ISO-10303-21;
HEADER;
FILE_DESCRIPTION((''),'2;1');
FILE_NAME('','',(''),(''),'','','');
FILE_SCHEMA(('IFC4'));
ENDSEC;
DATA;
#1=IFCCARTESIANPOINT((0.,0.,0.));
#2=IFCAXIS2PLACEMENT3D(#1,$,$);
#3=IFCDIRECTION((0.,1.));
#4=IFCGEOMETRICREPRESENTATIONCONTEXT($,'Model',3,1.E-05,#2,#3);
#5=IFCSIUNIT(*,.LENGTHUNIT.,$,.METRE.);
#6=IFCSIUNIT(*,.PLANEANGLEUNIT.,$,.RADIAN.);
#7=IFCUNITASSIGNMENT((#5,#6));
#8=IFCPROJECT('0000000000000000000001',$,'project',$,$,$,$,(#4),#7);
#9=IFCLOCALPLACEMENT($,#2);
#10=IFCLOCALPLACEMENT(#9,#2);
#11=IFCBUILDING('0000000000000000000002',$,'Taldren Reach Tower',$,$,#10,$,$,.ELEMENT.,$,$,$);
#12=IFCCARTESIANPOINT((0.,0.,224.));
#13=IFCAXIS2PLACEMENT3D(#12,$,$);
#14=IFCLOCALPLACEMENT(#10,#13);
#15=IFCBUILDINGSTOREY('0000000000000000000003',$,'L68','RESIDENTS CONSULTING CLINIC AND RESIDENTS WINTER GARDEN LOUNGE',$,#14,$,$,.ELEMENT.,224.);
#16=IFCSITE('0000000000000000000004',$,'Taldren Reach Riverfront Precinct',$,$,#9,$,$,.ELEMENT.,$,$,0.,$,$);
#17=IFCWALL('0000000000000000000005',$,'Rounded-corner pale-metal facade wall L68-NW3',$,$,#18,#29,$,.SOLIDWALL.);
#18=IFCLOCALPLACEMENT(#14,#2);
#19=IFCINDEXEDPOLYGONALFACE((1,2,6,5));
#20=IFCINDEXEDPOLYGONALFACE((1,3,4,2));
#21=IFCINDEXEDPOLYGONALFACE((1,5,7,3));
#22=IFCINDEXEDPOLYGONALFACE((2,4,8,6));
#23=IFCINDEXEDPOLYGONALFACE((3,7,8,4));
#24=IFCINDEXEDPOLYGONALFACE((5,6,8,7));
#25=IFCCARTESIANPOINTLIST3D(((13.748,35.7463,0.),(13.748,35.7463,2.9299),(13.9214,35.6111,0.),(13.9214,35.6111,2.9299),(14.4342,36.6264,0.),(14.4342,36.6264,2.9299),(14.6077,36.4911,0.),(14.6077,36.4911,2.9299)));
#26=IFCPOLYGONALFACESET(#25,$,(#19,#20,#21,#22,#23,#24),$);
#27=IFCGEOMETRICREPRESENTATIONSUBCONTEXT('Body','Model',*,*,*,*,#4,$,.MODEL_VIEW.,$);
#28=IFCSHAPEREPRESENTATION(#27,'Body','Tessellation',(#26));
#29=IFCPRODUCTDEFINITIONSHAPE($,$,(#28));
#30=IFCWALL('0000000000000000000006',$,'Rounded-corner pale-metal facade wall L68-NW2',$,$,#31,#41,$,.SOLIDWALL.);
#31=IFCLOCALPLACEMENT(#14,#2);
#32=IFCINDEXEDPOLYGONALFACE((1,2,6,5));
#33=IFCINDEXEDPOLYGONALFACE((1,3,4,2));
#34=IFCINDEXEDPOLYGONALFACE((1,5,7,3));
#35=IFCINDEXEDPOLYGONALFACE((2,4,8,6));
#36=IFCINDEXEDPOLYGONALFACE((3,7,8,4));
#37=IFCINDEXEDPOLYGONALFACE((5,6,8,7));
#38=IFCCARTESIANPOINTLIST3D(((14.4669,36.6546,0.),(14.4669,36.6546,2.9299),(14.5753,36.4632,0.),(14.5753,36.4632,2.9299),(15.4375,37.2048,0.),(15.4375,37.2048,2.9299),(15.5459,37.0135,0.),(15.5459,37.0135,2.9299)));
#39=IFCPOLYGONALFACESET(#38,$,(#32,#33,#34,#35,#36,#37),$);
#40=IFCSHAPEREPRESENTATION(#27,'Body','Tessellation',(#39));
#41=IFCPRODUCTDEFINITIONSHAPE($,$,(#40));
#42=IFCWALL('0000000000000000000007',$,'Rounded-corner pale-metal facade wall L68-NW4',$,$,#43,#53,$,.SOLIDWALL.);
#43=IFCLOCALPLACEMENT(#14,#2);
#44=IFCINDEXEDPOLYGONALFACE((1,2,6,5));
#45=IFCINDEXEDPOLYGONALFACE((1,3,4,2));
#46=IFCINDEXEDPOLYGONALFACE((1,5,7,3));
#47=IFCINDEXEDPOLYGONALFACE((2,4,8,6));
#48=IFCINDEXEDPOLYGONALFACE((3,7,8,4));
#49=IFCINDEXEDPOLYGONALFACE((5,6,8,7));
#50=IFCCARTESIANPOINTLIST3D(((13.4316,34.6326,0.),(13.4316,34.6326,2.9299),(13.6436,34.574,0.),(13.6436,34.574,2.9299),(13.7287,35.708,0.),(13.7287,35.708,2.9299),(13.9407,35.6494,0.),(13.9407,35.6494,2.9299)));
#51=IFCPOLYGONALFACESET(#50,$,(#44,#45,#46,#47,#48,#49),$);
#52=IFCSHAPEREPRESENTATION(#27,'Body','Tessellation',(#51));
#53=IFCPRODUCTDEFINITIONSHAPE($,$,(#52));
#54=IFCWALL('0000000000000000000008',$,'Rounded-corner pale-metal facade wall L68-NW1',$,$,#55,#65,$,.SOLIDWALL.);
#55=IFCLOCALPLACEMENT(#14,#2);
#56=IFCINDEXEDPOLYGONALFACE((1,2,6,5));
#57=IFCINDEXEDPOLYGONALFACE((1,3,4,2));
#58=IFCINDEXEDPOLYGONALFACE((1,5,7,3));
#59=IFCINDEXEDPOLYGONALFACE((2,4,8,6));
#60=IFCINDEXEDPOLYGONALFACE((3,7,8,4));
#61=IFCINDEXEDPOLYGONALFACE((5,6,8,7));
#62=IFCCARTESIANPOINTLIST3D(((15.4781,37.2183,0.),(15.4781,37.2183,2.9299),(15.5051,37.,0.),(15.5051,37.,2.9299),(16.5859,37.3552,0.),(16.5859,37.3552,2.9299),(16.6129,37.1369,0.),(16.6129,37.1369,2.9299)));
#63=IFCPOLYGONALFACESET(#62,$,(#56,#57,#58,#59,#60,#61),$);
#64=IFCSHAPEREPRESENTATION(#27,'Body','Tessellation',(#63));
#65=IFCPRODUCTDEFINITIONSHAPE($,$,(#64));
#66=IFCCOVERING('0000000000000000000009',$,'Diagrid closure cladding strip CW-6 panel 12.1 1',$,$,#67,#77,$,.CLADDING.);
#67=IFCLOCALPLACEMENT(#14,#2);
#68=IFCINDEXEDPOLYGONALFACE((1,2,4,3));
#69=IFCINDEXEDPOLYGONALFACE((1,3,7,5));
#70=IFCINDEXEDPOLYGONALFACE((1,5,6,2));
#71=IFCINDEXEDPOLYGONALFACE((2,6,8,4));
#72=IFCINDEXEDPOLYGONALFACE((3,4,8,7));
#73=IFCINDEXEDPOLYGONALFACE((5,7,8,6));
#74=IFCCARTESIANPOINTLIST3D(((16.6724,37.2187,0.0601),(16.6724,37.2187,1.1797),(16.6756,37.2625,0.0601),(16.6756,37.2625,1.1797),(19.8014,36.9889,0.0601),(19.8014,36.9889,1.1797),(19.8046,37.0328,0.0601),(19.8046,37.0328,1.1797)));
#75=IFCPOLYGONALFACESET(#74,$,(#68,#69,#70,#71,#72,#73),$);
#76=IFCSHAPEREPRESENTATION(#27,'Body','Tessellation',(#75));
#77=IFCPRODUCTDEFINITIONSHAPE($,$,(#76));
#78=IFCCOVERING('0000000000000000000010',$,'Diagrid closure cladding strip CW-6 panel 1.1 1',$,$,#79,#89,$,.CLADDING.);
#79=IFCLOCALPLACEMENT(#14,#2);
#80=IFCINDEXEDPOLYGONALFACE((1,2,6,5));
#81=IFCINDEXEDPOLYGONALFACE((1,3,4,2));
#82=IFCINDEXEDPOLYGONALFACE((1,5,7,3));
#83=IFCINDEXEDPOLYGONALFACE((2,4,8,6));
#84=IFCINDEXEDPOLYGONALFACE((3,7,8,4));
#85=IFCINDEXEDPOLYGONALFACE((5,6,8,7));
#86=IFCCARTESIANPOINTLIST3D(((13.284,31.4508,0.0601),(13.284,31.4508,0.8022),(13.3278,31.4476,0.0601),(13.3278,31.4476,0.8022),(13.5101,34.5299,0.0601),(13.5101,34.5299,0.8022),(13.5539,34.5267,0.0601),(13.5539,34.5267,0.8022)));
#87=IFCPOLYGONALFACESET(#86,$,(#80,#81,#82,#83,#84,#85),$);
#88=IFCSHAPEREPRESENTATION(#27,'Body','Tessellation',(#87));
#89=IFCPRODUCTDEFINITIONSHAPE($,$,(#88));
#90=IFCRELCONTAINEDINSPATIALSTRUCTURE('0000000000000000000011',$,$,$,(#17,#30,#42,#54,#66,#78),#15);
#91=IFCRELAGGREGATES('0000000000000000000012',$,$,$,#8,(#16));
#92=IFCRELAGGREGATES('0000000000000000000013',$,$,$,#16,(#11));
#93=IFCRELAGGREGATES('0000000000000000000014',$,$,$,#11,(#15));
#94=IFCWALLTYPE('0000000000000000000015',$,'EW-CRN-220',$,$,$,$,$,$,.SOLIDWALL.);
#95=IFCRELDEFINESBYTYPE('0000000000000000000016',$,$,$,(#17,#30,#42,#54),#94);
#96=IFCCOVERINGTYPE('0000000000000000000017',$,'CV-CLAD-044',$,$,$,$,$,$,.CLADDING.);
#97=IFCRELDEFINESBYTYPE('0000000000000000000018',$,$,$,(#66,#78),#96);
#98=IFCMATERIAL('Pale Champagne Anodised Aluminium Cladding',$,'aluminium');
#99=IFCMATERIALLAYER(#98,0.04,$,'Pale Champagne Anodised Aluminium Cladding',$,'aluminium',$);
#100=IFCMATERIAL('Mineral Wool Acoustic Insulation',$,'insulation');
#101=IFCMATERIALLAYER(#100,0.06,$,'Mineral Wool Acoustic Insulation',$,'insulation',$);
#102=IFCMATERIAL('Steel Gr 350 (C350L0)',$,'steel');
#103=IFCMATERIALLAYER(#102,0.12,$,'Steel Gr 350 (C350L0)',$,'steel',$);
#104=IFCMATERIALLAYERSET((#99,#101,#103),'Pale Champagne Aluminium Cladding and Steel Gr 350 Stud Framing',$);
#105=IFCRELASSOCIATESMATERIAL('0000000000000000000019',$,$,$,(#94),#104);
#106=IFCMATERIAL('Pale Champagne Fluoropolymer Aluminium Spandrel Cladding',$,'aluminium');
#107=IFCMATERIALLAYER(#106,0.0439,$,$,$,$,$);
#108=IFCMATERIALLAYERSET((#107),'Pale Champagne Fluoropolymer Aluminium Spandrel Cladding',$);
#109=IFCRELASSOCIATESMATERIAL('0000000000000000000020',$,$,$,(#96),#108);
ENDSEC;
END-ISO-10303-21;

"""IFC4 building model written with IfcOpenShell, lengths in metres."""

from ifc_helpers import new_model, si_unit, direction, frame, frame_2d, origin, origin_2d, place, context, subcontext, project, spatial, rectangle, extrude, source, transform, mapped, material, layer, layer_set, type_object, element, save


model = new_model("IFC4")

# Units and contexts
model_context = context("Model", 3, precision=1e-05, world=origin(), true_north=direction((0.0, 1.0)))
body_context = subcontext(model_context, "Body", "Model", "MODEL_VIEW")
ifc_project = project(units=[si_unit("LENGTHUNIT", "METRE"), si_unit("PLANEANGLEUNIT", "RADIAN")], contexts=[model_context])

# Site, building, storey
site_placement = place(None, origin())
site = spatial("IfcSite", under=ifc_project, at=site_placement, Name="Taldren Reach Riverfront Precinct", CompositionType="ELEMENT", RefElevation=0.0)
building_placement = place(site_placement, origin())
building = spatial("IfcBuilding", under=site, at=building_placement, Name="Taldren Reach Tower", CompositionType="ELEMENT")
storey_placement = place(building_placement, frame((0.0, 0.0, 224.0)))
storey = spatial("IfcBuildingStorey", under=building, at=storey_placement, Name="L68", Description="RESIDENTS CONSULTING CLINIC AND RESIDENTS WINTER GARDEN LOUNGE", CompositionType="ELEMENT", Elevation=224.0)

# Shared definitions
ifc_material_1 = material(Name="Steel Gr 350 (C350L0)", Category="steel")

# Walls
ifc_material_2 = material(Name="Pale Champagne Anodised Aluminium Cladding", Category="aluminium")
ifc_layer_1 = layer(ifc_material_2, 0.04, Name="Pale Champagne Anodised Aluminium Cladding", Category="aluminium")
ifc_material_3 = material(Name="Mineral Wool Acoustic Insulation", Category="insulation")
ifc_layer_2 = layer(ifc_material_3, 0.06, Name="Mineral Wool Acoustic Insulation", Category="insulation")
ifc_layer_3 = layer(ifc_material_1, 0.12, Name="Steel Gr 350 (C350L0)", Category="steel")
ifc_layer_set_1 = layer_set([ifc_layer_1, ifc_layer_2, ifc_layer_3], Name="Pale Champagne Aluminium Cladding and Steel Gr 350 Stud Framing")
wall_type = type_object("IfcWallType", Name="EW-CRN-220", PredefinedType="SOLIDWALL", material=ifc_layer_set_1)
shared_shape_1 = source(origin(), body_context, "Body", "SweptSolid", [
    extrude(rectangle(XDim=1.116, YDim=0.22, at=frame_2d((0.5581, 0.0))), origin(), (0.0, 0.0, 1.0), 2.9299),
])
wall_1_placement = place(storey_placement, frame((14.521, 36.5588, 0.0), z_axis=(0.0, 0.0, 1.0), x_axis=(-0.614909, -0.788598, 0.0)))
element("IfcWall", 1, at=wall_1_placement, inside=storey, type_object=wall_type, Name="Rounded-corner pale-metal facade wall L68-NW3", PredefinedType="SOLIDWALL", context=body_context, shape_type="MappedRepresentation", body=[
    mapped(shared_shape_1, transform((0.0, 0.0, 0.0), scale=1.0)),
])
shared_shape_2 = source(origin(), body_context, "Body", "SweptSolid", [
    extrude(rectangle(XDim=1.1157, YDim=0.22, at=frame_2d((0.5579, 0.0))), origin(), (0.0, 0.0, 1.0), 2.9299),
])
for number, where, z_axis, x_axis, name in (
    (2, (15.4917, 37.1091, 0.0), (0.0, 0.0, 1.0), (-0.869935, -0.493167, 0.0), "Rounded-corner pale-metal facade wall L68-NW2"),
    (3, (13.8347, 35.6787, 0.0), (0.0, 0.0, 1.0), (-0.266301, -0.96389, 0.0), "Rounded-corner pale-metal facade wall L68-NW4"),
):
    element("IfcWall", number, at=place(storey_placement, frame(where, z_axis=z_axis, x_axis=x_axis)), inside=storey, type_object=wall_type, Name=name, PredefinedType="SOLIDWALL", context=body_context, shape_type="MappedRepresentation", body=[
        mapped(shared_shape_2, transform((0.0, 0.0, 0.0), scale=1.0)),
    ])
shared_shape_3 = source(origin(), body_context, "Body", "SweptSolid", [
    extrude(rectangle(XDim=1.1162, YDim=0.22, at=frame_2d((0.5581, 0.0))), origin(), (0.0, 0.0, 1.0), 2.9299),
])
wall_2_placement = place(storey_placement, frame((16.5994, 37.2461, 0.0), z_axis=(0.0, 0.0, 1.0), x_axis=(-0.992442, -0.122715, 0.0)))
element("IfcWall", 4, at=wall_2_placement, inside=storey, type_object=wall_type, Name="Rounded-corner pale-metal facade wall L68-NW1", PredefinedType="SOLIDWALL", context=body_context, shape_type="MappedRepresentation", body=[
    mapped(shared_shape_3, transform((0.0, 0.0, 0.0), scale=1.0)),
])

# Coverings
ifc_material_4 = material(Name="Pale Champagne Fluoropolymer Aluminium Spandrel Cladding", Category="aluminium")
ifc_layer_4 = layer(ifc_material_4, 0.0439)
ifc_layer_set_2 = layer_set([ifc_layer_4], Name="Pale Champagne Fluoropolymer Aluminium Spandrel Cladding")
covering_type = type_object("IfcCoveringType", Name="CV-CLAD-044", PredefinedType="CLADDING", material=ifc_layer_set_2)
shared_shape_4 = source(origin(), body_context, "Body", "SweptSolid", [
    extrude(rectangle(XDim=3.1375, YDim=0.0439, at=origin_2d()), origin(), (0.0, 0.0, 1.0), 1.1196),
])
covering_1_placement = place(storey_placement, frame((18.2385, 37.1257, 0.0601), z_axis=(0.0, 0.0, 1.0), x_axis=(-0.997314, 0.073238, 0.0)))
element("IfcCovering", 5, at=covering_1_placement, inside=storey, type_object=covering_type, Name="Diagrid closure cladding strip CW-6 panel 12.1 1", PredefinedType="CLADDING", context=body_context, shape_type="MappedRepresentation", body=[
    mapped(shared_shape_4, transform((0.0, 0.0, 0.0), scale=1.0)),
])
shared_shape_5 = source(origin(), body_context, "Body", "SweptSolid", [
    extrude(rectangle(XDim=3.0874, YDim=0.0439, at=origin_2d()), origin(), (0.0, 0.0, 1.0), 0.7422),
])
covering_2_placement = place(storey_placement, frame((13.4189, 32.9888, 0.0601), z_axis=(0.0, 0.0, 1.0), x_axis=(-0.073238, -0.997314, 0.0)))
element("IfcCovering", 6, at=covering_2_placement, inside=storey, type_object=covering_type, Name="Diagrid closure cladding strip CW-6 panel 1.1 1", PredefinedType="CLADDING", context=body_context, shape_type="MappedRepresentation", body=[
    mapped(shared_shape_5, transform((0.0, 0.0, 0.0), scale=1.0)),
])

save(model, "model.ifc")
